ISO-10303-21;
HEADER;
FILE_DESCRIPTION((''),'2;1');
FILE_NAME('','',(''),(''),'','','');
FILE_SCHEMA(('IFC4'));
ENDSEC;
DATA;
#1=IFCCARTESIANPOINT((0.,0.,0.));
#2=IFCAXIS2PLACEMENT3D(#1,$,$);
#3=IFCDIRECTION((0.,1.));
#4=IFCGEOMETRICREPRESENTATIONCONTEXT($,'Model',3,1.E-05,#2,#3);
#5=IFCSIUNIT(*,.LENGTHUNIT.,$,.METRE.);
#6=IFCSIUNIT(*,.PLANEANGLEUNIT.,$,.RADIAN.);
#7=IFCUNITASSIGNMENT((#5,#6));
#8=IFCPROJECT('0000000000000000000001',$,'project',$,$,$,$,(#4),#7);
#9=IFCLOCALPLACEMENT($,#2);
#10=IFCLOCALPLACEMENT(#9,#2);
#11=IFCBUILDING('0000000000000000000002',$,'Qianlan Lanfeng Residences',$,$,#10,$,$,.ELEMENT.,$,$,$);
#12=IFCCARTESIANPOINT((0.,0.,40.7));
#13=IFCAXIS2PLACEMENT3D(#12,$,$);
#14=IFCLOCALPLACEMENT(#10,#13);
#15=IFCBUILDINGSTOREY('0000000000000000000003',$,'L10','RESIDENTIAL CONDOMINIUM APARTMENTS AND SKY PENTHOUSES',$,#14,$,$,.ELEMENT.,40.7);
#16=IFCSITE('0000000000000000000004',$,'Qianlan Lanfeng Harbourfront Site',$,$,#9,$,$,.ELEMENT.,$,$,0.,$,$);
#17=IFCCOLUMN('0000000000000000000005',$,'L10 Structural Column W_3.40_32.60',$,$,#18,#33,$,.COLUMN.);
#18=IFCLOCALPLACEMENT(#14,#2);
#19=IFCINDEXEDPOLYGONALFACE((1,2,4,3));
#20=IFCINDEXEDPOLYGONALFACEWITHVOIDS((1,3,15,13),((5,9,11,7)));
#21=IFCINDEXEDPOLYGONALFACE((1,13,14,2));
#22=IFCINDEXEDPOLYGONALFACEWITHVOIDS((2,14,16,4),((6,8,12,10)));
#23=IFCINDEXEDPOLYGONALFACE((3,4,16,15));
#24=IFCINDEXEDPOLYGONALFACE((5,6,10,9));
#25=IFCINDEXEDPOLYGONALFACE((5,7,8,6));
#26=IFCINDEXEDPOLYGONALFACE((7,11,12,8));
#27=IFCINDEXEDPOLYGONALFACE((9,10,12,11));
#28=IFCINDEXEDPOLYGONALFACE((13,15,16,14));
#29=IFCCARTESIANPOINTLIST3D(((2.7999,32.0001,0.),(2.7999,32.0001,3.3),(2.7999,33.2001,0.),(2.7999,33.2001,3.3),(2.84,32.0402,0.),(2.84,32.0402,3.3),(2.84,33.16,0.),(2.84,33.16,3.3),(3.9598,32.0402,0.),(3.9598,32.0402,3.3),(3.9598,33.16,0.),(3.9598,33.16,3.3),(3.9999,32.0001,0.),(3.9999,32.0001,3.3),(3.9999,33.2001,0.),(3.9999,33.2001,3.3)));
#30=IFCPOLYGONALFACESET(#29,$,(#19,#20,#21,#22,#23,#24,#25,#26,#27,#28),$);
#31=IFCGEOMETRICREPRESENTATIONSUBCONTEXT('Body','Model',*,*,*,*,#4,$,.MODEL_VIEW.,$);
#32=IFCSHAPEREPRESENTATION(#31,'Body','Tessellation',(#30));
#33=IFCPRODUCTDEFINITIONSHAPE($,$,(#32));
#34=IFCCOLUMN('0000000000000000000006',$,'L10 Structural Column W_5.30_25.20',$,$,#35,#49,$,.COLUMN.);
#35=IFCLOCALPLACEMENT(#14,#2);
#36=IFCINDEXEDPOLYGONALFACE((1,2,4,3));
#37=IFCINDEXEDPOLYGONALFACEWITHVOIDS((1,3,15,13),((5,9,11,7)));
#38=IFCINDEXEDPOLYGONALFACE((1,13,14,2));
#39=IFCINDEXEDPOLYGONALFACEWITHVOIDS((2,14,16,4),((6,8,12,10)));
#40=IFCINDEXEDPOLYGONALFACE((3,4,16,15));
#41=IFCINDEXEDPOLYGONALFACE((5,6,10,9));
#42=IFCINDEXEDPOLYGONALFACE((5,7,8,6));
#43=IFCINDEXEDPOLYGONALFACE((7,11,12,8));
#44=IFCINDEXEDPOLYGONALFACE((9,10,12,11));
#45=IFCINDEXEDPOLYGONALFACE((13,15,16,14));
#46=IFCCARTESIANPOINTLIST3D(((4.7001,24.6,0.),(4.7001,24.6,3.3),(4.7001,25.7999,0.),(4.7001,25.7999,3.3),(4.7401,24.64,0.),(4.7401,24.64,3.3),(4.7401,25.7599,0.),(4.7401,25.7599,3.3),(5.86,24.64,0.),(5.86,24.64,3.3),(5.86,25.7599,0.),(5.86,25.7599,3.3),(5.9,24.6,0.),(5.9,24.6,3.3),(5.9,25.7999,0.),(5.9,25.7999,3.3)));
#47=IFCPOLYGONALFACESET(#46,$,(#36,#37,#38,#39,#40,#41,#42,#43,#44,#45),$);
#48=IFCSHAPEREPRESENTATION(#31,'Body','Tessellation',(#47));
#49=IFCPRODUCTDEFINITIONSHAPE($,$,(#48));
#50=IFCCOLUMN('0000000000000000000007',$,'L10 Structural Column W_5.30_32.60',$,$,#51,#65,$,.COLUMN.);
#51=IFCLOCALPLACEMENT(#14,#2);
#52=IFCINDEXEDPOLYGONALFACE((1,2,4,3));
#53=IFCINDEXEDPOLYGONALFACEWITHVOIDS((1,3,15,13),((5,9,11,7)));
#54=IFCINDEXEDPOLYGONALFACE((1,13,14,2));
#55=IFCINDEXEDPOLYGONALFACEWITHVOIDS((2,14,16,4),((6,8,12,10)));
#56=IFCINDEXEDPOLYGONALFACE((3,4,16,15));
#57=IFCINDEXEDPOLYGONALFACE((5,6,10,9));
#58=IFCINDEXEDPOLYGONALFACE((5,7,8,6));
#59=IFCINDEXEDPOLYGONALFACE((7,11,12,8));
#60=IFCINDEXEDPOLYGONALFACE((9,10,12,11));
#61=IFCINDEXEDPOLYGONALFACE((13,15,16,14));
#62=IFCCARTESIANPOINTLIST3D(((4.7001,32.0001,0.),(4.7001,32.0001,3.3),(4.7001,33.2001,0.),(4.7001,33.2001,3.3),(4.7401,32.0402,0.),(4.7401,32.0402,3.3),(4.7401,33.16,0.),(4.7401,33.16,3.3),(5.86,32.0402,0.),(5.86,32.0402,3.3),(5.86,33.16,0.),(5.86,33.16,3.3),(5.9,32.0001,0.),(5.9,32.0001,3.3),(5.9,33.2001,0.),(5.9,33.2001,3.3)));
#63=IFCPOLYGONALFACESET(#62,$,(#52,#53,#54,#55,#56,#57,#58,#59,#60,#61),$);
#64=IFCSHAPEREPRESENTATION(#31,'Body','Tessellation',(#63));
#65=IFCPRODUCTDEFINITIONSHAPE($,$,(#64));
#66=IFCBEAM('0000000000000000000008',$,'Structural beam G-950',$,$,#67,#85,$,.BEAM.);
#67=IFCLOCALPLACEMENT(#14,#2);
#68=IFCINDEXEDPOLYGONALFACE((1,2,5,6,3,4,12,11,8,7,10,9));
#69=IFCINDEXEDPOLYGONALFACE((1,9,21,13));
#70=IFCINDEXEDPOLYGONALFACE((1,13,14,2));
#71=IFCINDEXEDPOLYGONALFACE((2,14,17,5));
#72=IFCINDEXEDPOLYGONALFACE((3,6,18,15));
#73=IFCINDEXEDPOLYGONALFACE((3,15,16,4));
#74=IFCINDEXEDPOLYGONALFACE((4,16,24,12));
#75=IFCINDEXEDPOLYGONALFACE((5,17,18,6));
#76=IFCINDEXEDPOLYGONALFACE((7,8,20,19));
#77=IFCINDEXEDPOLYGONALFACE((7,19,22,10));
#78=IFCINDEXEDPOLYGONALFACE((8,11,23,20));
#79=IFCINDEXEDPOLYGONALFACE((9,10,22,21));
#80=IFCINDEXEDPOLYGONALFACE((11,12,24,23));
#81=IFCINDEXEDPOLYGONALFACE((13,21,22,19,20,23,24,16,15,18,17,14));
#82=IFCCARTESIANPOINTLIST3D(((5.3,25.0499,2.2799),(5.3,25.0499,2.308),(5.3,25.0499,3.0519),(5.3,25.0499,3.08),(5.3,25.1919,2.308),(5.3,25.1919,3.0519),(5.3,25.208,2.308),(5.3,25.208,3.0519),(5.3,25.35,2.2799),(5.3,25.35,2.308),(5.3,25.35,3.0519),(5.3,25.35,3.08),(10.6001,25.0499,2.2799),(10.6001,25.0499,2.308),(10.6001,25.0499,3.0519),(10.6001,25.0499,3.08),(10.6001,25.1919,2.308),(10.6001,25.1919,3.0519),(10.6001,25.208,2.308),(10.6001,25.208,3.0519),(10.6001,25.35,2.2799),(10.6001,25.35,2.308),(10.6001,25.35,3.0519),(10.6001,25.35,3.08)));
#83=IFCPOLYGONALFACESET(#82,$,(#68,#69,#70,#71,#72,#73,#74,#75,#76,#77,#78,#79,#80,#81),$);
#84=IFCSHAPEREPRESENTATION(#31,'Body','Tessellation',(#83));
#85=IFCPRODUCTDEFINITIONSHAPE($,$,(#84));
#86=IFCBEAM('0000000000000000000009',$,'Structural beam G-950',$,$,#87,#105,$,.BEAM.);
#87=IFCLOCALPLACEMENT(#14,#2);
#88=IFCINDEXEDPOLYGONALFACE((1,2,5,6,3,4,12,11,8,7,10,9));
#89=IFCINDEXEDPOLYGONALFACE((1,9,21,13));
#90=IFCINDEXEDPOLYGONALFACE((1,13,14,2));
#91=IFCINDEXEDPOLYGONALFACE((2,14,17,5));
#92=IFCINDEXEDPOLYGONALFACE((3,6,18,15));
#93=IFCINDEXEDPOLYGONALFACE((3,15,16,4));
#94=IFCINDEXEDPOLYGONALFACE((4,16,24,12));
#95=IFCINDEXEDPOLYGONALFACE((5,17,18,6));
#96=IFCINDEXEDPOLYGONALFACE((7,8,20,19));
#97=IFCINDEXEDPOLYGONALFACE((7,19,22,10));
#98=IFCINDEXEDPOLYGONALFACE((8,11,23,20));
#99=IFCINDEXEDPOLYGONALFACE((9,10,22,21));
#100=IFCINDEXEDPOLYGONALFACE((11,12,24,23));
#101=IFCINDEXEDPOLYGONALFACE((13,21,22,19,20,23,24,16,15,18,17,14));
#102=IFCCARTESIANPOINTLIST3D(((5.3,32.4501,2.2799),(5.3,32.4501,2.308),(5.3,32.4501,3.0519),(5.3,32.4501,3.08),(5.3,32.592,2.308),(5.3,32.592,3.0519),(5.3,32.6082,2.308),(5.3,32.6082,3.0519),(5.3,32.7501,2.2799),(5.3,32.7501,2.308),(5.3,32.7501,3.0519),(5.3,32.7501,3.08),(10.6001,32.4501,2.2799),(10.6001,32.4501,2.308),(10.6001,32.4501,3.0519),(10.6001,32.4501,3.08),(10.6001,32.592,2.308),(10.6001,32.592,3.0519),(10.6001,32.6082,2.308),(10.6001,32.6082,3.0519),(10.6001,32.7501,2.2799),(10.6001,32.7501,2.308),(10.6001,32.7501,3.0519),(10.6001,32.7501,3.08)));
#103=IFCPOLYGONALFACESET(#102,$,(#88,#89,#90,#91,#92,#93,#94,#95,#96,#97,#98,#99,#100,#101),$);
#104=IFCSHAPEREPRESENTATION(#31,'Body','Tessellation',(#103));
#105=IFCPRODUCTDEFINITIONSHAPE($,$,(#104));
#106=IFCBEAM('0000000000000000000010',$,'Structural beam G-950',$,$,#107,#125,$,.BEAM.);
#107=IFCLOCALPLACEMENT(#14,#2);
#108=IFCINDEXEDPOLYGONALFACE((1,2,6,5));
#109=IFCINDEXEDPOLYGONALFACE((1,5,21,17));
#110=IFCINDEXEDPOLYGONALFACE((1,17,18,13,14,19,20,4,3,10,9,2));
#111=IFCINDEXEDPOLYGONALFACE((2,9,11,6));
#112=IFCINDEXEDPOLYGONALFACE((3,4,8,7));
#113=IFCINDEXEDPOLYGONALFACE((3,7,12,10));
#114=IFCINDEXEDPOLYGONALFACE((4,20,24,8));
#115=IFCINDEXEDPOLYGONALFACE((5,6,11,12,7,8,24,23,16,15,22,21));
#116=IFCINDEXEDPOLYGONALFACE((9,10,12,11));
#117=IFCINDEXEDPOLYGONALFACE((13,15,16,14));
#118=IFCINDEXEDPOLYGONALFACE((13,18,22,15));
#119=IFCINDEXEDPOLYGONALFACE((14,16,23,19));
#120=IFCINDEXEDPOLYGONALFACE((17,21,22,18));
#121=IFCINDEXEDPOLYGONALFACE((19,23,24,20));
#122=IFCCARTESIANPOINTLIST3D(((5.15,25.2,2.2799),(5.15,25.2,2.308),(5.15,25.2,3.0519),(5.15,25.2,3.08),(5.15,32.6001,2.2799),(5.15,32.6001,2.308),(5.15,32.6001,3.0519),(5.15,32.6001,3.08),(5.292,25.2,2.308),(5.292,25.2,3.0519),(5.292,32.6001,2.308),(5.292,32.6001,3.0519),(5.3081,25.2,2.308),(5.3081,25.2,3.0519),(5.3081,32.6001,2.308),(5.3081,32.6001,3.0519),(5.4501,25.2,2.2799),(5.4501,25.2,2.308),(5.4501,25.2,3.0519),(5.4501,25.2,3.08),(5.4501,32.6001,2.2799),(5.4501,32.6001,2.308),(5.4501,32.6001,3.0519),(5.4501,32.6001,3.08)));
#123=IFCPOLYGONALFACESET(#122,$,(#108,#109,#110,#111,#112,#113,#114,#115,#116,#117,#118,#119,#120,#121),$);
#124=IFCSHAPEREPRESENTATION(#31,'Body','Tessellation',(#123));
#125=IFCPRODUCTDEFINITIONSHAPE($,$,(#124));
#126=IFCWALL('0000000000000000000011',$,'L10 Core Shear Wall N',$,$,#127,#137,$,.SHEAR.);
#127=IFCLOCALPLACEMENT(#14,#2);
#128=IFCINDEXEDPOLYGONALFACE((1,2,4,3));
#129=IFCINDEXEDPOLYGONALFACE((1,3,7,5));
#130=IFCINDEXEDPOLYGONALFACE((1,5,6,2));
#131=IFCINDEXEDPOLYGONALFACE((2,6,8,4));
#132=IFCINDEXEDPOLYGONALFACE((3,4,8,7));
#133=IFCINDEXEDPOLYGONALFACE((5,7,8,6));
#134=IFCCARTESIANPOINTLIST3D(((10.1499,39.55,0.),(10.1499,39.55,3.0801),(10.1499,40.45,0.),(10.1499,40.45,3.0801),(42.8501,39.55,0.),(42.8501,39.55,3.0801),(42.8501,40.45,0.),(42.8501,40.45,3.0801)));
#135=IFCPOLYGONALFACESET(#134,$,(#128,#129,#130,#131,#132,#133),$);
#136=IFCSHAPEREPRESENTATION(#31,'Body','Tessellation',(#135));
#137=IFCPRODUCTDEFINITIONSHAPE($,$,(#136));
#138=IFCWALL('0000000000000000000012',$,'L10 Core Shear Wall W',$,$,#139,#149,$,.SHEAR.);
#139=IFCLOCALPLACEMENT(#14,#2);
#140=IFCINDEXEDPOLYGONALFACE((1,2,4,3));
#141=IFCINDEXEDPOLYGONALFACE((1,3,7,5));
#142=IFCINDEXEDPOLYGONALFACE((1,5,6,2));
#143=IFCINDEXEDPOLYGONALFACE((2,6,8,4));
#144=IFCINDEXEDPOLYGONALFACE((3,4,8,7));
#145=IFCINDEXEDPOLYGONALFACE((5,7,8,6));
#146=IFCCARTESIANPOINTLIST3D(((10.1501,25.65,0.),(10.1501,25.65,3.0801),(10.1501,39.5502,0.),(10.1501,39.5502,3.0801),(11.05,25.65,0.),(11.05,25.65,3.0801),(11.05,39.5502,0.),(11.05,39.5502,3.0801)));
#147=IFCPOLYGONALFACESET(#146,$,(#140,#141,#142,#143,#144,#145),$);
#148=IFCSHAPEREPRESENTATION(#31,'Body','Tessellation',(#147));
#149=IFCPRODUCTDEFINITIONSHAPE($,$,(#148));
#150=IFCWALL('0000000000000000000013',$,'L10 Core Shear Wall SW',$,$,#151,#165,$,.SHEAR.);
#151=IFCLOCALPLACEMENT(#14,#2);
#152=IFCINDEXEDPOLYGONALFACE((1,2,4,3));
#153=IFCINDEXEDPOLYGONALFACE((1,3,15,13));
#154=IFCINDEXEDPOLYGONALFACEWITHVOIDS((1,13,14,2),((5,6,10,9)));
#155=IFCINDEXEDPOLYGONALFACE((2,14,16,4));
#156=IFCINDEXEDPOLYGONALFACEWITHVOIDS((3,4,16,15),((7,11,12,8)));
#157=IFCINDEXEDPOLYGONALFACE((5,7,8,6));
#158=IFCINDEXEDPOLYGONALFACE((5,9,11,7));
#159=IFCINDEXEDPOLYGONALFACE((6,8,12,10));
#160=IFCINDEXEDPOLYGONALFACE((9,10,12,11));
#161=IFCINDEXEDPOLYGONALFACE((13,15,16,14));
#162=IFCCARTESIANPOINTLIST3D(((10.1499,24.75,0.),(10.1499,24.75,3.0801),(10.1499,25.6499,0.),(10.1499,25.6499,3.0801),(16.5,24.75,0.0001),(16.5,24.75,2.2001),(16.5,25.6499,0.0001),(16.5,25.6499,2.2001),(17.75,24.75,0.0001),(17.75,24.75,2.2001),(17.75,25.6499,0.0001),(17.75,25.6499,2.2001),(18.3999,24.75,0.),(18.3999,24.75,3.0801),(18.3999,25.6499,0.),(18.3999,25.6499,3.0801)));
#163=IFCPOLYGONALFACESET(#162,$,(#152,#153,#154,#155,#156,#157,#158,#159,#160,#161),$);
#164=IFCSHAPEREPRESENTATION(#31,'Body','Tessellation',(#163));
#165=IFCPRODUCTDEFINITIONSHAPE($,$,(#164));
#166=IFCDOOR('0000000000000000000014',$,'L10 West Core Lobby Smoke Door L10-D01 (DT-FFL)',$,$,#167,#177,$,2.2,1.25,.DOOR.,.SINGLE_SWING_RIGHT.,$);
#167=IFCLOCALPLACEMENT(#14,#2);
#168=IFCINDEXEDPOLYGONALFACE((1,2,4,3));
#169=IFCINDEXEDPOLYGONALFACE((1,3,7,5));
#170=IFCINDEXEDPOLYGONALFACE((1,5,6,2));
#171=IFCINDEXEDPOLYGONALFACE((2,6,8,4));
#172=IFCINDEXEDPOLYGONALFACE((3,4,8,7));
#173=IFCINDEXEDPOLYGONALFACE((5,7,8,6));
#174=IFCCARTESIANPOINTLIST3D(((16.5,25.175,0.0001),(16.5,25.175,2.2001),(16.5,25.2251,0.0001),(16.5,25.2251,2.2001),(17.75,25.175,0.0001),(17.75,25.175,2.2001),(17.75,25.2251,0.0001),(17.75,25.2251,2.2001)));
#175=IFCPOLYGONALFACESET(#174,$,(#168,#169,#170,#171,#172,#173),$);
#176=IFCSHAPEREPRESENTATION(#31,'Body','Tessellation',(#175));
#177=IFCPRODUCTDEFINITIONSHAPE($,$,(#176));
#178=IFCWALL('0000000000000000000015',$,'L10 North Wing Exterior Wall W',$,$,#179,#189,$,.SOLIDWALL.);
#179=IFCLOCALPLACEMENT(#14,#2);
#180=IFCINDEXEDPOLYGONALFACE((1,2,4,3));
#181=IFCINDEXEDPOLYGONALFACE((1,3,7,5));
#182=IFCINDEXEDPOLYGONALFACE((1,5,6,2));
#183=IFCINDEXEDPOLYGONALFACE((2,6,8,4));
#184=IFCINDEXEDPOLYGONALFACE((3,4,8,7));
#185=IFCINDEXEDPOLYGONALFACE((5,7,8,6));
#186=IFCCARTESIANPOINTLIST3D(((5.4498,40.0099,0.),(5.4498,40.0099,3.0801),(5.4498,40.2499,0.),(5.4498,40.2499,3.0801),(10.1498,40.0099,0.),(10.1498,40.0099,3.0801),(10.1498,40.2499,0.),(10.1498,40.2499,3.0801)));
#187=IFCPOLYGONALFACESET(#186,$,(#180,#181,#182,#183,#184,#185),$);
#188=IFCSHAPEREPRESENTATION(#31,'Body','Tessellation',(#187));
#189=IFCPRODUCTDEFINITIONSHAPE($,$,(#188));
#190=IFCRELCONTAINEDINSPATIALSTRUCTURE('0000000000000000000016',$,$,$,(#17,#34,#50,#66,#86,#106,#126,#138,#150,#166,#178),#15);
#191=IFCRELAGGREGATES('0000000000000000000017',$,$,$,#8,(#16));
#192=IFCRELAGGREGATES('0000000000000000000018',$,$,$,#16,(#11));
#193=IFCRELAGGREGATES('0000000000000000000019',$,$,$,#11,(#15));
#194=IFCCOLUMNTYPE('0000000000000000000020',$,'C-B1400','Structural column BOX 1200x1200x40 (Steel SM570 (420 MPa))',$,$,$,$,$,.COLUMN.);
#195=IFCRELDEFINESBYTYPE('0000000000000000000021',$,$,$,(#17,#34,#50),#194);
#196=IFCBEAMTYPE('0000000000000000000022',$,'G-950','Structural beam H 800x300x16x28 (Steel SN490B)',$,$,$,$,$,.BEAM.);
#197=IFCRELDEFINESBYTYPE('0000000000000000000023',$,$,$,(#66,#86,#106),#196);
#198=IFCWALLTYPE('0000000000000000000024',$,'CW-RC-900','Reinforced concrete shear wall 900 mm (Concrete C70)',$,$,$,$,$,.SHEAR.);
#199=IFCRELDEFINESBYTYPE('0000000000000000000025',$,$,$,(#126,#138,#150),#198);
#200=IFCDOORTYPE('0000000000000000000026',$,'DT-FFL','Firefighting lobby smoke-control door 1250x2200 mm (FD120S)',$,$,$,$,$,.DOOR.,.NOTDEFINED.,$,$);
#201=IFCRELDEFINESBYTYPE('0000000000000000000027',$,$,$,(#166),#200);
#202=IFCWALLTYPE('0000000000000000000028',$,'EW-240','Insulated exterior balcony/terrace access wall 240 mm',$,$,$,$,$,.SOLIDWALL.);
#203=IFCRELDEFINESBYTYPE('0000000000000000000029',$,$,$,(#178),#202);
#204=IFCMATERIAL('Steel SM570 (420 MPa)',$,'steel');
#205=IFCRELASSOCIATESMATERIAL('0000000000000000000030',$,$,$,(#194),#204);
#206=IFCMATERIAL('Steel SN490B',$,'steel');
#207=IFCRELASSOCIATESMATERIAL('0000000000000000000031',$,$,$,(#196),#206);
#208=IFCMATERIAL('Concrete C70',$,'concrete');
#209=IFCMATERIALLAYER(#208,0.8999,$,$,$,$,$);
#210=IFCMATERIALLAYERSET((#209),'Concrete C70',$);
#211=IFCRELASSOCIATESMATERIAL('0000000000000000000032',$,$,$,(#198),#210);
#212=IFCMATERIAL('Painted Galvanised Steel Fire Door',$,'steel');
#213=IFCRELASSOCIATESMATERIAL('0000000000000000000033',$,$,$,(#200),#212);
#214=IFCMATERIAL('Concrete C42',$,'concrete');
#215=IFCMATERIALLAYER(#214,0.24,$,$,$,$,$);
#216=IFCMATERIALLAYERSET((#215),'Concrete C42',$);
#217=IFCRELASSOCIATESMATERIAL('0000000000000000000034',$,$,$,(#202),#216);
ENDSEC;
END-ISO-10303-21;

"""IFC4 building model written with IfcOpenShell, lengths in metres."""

from ifc_helpers import new_model, si_unit, direction, frame, frame_2d, origin, origin_2d, place, context, subcontext, project, spatial, rectangle, hollow_rectangle, i_section, extrude, material, layer, layer_set, material_profile, profile_set, type_object, element, fill, save


model = new_model("IFC4")

# Units and contexts
model_context = context("Model", 3, precision=1e-05, world=origin(), true_north=direction((0.0, 1.0)))
body_context = subcontext(model_context, "Body", "Model", "MODEL_VIEW")
ifc_project = project(units=[si_unit("LENGTHUNIT", "METRE"), si_unit("PLANEANGLEUNIT", "RADIAN")], contexts=[model_context])

# Site, building, storey
site_placement = place(None, origin())
site = spatial("IfcSite", under=ifc_project, at=site_placement, Name="Qianlan Lanfeng Harbourfront Site", CompositionType="ELEMENT", RefElevation=0.0)
building_placement = place(site_placement, origin())
building = spatial("IfcBuilding", under=site, at=building_placement, Name="Qianlan Lanfeng Residences", CompositionType="ELEMENT")
storey_placement = place(building_placement, frame((0.0, 0.0, 40.7)))
storey = spatial("IfcBuildingStorey", under=building, at=storey_placement, Name="L10", Description="RESIDENTIAL CONDOMINIUM APARTMENTS AND SKY PENTHOUSES", CompositionType="ELEMENT", Elevation=40.7)

# Columns
ifc_material_1 = material(Name="Steel SM570 (420 MPa)", Category="steel")
ifc_material_profile_1 = material_profile(ifc_material_1, hollow_rectangle(XDim=1.2, YDim=1.2, WallThickness=0.04, at=origin_2d()), Name="BOX 1200x1200x40")
ifc_profile_set_1 = profile_set([ifc_material_profile_1], Name="Steel SM570 (420 MPa)")
column_type = type_object("IfcColumnType", Name="C-B1400", Description="Structural column BOX 1200x1200x40 (Steel SM570 (420 MPa))", PredefinedType="COLUMN", material=ifc_profile_set_1)
for number, where, z_axis, x_axis, name in (
    (1, (3.3999, 32.6001, 0.0), (0.0, 0.0, 1.0), (1.0, 0.0, 0.0), "L10 Structural Column W_3.40_32.60"),
    (2, (5.3, 25.2, 0.0), (0.0, 0.0, 1.0), (1.0, 0.0, 0.0), "L10 Structural Column W_5.30_25.20"),
    (3, (5.3, 32.6001, 0.0), (0.0, 0.0, 1.0), (1.0, 0.0, 0.0), "L10 Structural Column W_5.30_32.60"),
):
    element("IfcColumn", number, at=place(storey_placement, frame(where, z_axis=z_axis, x_axis=x_axis)), inside=storey, type_object=column_type, Name=name, PredefinedType="COLUMN", context=body_context, shape_type="SweptSolid", body=[
        extrude(hollow_rectangle(XDim=1.2, YDim=1.2, WallThickness=0.04, at=origin_2d()), origin(), (0.0, 0.0, 1.0), 3.3),
    ])

# Beams
ifc_material_2 = material(Name="Steel SN490B", Category="steel")
ifc_material_profile_2 = material_profile(ifc_material_2, i_section(OverallWidth=0.3, OverallDepth=0.8, WebThickness=0.0161, FlangeThickness=0.0281, at=origin_2d()), Name="H 800x300x16x28")
ifc_profile_set_2 = profile_set([ifc_material_profile_2], Name="Steel SN490B")
beam_type = type_object("IfcBeamType", Name="G-950", Description="Structural beam H 800x300x16x28 (Steel SN490B)", PredefinedType="BEAM", material=ifc_profile_set_2)
for number, where, z_axis, x_axis, name in (
    (4, (5.3, 25.2, 2.6799), (1.0, 0.0, 0.0), (0.0, 1.0, 0.0), "Structural beam G-950"),
    (5, (5.3, 32.6001, 2.6799), (1.0, 0.0, 0.0), (0.0, 1.0, 0.0), "Structural beam G-950"),
):
    element("IfcBeam", number, at=place(storey_placement, frame(where, z_axis=z_axis, x_axis=x_axis)), inside=storey, type_object=beam_type, Name=name, PredefinedType="BEAM", context=body_context, shape_type="SweptSolid", body=[
        extrude(i_section(OverallWidth=0.3, OverallDepth=0.8, WebThickness=0.0161, FlangeThickness=0.0281, at=origin_2d()), origin(), (0.0, 0.0, 1.0), 5.3),
    ])
beam_placement = place(storey_placement, frame((5.3, 25.2, 2.6799), z_axis=(0.0, 1.0, 0.0), x_axis=(-1.0, 0.0, 0.0)))
element("IfcBeam", 6, at=beam_placement, inside=storey, type_object=beam_type, Name="Structural beam G-950", PredefinedType="BEAM", context=body_context, shape_type="SweptSolid", body=[
    extrude(i_section(OverallWidth=0.3, OverallDepth=0.8, WebThickness=0.0161, FlangeThickness=0.0281, at=origin_2d()), origin(), (0.0, 0.0, 1.0), 7.4001),
])

# Walls
ifc_material_3 = material(Name="Concrete C70", Category="concrete")
ifc_layer_1 = layer(ifc_material_3, 0.8999)
ifc_layer_set_1 = layer_set([ifc_layer_1], Name="Concrete C70")
wall_type_1 = type_object("IfcWallType", Name="CW-RC-900", Description="Reinforced concrete shear wall 900 mm (Concrete C70)", PredefinedType="SHEAR", material=ifc_layer_set_1)
wall_1_placement = place(storey_placement, frame((10.1499, 40.0, 0.0), z_axis=(0.0, 0.0, 1.0), x_axis=(1.0, 0.0, 0.0)))
element("IfcWall", 7, at=wall_1_placement, inside=storey, type_object=wall_type_1, Name="L10 Core Shear Wall N", PredefinedType="SHEAR", context=body_context, shape_type="SweptSolid", body=[
    extrude(rectangle(XDim=32.7002, YDim=0.8999, at=frame_2d((16.3501, 0.0))), origin(), (0.0, 0.0, 1.0), 3.0801),
])
wall_2_placement = place(storey_placement, frame((10.6001, 25.6499, 0.0), z_axis=(0.0, 0.0, 1.0), x_axis=(0.0, 1.0, 0.0)))
element("IfcWall", 8, at=wall_2_placement, inside=storey, type_object=wall_type_1, Name="L10 Core Shear Wall W", PredefinedType="SHEAR", context=body_context, shape_type="SweptSolid", body=[
    extrude(rectangle(XDim=13.9001, YDim=0.8999, at=frame_2d((6.9502, 0.0))), origin(), (0.0, 0.0, 1.0), 3.0801),
])

# Wall, opening, door
wall_3_placement = place(storey_placement, frame((10.1499, 25.2, 0.0), z_axis=(0.0, 0.0, 1.0), x_axis=(1.0, 0.0, 0.0)))
wall_3 = element("IfcWall", 9, at=wall_3_placement, inside=storey, type_object=wall_type_1, Name="L10 Core Shear Wall SW", PredefinedType="SHEAR", context=body_context, shape_type="SweptSolid", body=[
    extrude(rectangle(XDim=8.25, YDim=0.8999, at=frame_2d((4.125, 0.0))), origin(), (0.0, 0.0, 1.0), 3.0801),
])
opening_1_placement = place(wall_3_placement, frame((6.3501, 0.0, 0.0)))
opening_1 = element("IfcOpeningElement", 10, at=opening_1_placement, cuts=wall_3, PredefinedType="OPENING", context=body_context, shape_type="SweptSolid", body=[
    extrude(rectangle(XDim=1.25, YDim=2.2, at=frame_2d((0.625, 1.1001))), frame((0.0, 0.46, 0.0), z_axis=(0.0, -1.0, 0.0), x_axis=(1.0, 0.0, 0.0)), (0.0, 0.0, 1.0), 0.9199),
])
ifc_material_4 = material(Name="Painted Galvanised Steel Fire Door", Category="steel")
door_type_1 = type_object("IfcDoorType", Name="DT-FFL", Description="Firefighting lobby smoke-control door 1250x2200 mm (FD120S)", OperationType="NOTDEFINED", PredefinedType="DOOR", material=ifc_material_4)
door_1_placement = place(opening_1_placement, frame((1.25, 0.0, 0.0), z_axis=(0.0, 0.0, 1.0), x_axis=(-1.0, 0.0, 0.0)))
door_1 = element("IfcDoor", 11, at=door_1_placement, inside=storey, type_object=door_type_1, Name="L10 West Core Lobby Smoke Door L10-D01 (DT-FFL)", OperationType="SINGLE_SWING_RIGHT", OverallHeight=2.2, OverallWidth=1.25, PredefinedType="DOOR", context=body_context, shape_type="SweptSolid", body=[
    extrude(rectangle(XDim=1.25, YDim=2.2, at=frame_2d((0.625, 1.1001))), frame((0.0, 0.0249, 0.0), z_axis=(0.0, -1.0, 0.0), x_axis=(1.0, 0.0, 0.0)), (0.0, 0.0, 1.0), 0.05),
])
fill(opening_1, door_1)

# Wall
ifc_material_5 = material(Name="Concrete C42", Category="concrete")
ifc_layer_2 = layer(ifc_material_5, 0.24)
ifc_layer_set_2 = layer_set([ifc_layer_2], Name="Concrete C42")
wall_type_2 = type_object("IfcWallType", Name="EW-240", Description="Insulated exterior balcony/terrace access wall 240 mm", PredefinedType="SOLIDWALL", material=ifc_layer_set_2)
wall_4_placement = place(storey_placement, frame((10.1499, 40.1299, 0.0), z_axis=(0.0, 0.0, 1.0), x_axis=(-1.0, 0.0, 0.0)))
element("IfcWall", 12, at=wall_4_placement, inside=storey, type_object=wall_type_2, Name="L10 North Wing Exterior Wall W", PredefinedType="SOLIDWALL", context=body_context, shape_type="SweptSolid", body=[
    extrude(rectangle(XDim=4.7, YDim=0.24, at=frame_2d((2.3501, 0.0))), origin(), (0.0, 0.0, 1.0), 3.0801),
])

save(model, "model.ifc")
